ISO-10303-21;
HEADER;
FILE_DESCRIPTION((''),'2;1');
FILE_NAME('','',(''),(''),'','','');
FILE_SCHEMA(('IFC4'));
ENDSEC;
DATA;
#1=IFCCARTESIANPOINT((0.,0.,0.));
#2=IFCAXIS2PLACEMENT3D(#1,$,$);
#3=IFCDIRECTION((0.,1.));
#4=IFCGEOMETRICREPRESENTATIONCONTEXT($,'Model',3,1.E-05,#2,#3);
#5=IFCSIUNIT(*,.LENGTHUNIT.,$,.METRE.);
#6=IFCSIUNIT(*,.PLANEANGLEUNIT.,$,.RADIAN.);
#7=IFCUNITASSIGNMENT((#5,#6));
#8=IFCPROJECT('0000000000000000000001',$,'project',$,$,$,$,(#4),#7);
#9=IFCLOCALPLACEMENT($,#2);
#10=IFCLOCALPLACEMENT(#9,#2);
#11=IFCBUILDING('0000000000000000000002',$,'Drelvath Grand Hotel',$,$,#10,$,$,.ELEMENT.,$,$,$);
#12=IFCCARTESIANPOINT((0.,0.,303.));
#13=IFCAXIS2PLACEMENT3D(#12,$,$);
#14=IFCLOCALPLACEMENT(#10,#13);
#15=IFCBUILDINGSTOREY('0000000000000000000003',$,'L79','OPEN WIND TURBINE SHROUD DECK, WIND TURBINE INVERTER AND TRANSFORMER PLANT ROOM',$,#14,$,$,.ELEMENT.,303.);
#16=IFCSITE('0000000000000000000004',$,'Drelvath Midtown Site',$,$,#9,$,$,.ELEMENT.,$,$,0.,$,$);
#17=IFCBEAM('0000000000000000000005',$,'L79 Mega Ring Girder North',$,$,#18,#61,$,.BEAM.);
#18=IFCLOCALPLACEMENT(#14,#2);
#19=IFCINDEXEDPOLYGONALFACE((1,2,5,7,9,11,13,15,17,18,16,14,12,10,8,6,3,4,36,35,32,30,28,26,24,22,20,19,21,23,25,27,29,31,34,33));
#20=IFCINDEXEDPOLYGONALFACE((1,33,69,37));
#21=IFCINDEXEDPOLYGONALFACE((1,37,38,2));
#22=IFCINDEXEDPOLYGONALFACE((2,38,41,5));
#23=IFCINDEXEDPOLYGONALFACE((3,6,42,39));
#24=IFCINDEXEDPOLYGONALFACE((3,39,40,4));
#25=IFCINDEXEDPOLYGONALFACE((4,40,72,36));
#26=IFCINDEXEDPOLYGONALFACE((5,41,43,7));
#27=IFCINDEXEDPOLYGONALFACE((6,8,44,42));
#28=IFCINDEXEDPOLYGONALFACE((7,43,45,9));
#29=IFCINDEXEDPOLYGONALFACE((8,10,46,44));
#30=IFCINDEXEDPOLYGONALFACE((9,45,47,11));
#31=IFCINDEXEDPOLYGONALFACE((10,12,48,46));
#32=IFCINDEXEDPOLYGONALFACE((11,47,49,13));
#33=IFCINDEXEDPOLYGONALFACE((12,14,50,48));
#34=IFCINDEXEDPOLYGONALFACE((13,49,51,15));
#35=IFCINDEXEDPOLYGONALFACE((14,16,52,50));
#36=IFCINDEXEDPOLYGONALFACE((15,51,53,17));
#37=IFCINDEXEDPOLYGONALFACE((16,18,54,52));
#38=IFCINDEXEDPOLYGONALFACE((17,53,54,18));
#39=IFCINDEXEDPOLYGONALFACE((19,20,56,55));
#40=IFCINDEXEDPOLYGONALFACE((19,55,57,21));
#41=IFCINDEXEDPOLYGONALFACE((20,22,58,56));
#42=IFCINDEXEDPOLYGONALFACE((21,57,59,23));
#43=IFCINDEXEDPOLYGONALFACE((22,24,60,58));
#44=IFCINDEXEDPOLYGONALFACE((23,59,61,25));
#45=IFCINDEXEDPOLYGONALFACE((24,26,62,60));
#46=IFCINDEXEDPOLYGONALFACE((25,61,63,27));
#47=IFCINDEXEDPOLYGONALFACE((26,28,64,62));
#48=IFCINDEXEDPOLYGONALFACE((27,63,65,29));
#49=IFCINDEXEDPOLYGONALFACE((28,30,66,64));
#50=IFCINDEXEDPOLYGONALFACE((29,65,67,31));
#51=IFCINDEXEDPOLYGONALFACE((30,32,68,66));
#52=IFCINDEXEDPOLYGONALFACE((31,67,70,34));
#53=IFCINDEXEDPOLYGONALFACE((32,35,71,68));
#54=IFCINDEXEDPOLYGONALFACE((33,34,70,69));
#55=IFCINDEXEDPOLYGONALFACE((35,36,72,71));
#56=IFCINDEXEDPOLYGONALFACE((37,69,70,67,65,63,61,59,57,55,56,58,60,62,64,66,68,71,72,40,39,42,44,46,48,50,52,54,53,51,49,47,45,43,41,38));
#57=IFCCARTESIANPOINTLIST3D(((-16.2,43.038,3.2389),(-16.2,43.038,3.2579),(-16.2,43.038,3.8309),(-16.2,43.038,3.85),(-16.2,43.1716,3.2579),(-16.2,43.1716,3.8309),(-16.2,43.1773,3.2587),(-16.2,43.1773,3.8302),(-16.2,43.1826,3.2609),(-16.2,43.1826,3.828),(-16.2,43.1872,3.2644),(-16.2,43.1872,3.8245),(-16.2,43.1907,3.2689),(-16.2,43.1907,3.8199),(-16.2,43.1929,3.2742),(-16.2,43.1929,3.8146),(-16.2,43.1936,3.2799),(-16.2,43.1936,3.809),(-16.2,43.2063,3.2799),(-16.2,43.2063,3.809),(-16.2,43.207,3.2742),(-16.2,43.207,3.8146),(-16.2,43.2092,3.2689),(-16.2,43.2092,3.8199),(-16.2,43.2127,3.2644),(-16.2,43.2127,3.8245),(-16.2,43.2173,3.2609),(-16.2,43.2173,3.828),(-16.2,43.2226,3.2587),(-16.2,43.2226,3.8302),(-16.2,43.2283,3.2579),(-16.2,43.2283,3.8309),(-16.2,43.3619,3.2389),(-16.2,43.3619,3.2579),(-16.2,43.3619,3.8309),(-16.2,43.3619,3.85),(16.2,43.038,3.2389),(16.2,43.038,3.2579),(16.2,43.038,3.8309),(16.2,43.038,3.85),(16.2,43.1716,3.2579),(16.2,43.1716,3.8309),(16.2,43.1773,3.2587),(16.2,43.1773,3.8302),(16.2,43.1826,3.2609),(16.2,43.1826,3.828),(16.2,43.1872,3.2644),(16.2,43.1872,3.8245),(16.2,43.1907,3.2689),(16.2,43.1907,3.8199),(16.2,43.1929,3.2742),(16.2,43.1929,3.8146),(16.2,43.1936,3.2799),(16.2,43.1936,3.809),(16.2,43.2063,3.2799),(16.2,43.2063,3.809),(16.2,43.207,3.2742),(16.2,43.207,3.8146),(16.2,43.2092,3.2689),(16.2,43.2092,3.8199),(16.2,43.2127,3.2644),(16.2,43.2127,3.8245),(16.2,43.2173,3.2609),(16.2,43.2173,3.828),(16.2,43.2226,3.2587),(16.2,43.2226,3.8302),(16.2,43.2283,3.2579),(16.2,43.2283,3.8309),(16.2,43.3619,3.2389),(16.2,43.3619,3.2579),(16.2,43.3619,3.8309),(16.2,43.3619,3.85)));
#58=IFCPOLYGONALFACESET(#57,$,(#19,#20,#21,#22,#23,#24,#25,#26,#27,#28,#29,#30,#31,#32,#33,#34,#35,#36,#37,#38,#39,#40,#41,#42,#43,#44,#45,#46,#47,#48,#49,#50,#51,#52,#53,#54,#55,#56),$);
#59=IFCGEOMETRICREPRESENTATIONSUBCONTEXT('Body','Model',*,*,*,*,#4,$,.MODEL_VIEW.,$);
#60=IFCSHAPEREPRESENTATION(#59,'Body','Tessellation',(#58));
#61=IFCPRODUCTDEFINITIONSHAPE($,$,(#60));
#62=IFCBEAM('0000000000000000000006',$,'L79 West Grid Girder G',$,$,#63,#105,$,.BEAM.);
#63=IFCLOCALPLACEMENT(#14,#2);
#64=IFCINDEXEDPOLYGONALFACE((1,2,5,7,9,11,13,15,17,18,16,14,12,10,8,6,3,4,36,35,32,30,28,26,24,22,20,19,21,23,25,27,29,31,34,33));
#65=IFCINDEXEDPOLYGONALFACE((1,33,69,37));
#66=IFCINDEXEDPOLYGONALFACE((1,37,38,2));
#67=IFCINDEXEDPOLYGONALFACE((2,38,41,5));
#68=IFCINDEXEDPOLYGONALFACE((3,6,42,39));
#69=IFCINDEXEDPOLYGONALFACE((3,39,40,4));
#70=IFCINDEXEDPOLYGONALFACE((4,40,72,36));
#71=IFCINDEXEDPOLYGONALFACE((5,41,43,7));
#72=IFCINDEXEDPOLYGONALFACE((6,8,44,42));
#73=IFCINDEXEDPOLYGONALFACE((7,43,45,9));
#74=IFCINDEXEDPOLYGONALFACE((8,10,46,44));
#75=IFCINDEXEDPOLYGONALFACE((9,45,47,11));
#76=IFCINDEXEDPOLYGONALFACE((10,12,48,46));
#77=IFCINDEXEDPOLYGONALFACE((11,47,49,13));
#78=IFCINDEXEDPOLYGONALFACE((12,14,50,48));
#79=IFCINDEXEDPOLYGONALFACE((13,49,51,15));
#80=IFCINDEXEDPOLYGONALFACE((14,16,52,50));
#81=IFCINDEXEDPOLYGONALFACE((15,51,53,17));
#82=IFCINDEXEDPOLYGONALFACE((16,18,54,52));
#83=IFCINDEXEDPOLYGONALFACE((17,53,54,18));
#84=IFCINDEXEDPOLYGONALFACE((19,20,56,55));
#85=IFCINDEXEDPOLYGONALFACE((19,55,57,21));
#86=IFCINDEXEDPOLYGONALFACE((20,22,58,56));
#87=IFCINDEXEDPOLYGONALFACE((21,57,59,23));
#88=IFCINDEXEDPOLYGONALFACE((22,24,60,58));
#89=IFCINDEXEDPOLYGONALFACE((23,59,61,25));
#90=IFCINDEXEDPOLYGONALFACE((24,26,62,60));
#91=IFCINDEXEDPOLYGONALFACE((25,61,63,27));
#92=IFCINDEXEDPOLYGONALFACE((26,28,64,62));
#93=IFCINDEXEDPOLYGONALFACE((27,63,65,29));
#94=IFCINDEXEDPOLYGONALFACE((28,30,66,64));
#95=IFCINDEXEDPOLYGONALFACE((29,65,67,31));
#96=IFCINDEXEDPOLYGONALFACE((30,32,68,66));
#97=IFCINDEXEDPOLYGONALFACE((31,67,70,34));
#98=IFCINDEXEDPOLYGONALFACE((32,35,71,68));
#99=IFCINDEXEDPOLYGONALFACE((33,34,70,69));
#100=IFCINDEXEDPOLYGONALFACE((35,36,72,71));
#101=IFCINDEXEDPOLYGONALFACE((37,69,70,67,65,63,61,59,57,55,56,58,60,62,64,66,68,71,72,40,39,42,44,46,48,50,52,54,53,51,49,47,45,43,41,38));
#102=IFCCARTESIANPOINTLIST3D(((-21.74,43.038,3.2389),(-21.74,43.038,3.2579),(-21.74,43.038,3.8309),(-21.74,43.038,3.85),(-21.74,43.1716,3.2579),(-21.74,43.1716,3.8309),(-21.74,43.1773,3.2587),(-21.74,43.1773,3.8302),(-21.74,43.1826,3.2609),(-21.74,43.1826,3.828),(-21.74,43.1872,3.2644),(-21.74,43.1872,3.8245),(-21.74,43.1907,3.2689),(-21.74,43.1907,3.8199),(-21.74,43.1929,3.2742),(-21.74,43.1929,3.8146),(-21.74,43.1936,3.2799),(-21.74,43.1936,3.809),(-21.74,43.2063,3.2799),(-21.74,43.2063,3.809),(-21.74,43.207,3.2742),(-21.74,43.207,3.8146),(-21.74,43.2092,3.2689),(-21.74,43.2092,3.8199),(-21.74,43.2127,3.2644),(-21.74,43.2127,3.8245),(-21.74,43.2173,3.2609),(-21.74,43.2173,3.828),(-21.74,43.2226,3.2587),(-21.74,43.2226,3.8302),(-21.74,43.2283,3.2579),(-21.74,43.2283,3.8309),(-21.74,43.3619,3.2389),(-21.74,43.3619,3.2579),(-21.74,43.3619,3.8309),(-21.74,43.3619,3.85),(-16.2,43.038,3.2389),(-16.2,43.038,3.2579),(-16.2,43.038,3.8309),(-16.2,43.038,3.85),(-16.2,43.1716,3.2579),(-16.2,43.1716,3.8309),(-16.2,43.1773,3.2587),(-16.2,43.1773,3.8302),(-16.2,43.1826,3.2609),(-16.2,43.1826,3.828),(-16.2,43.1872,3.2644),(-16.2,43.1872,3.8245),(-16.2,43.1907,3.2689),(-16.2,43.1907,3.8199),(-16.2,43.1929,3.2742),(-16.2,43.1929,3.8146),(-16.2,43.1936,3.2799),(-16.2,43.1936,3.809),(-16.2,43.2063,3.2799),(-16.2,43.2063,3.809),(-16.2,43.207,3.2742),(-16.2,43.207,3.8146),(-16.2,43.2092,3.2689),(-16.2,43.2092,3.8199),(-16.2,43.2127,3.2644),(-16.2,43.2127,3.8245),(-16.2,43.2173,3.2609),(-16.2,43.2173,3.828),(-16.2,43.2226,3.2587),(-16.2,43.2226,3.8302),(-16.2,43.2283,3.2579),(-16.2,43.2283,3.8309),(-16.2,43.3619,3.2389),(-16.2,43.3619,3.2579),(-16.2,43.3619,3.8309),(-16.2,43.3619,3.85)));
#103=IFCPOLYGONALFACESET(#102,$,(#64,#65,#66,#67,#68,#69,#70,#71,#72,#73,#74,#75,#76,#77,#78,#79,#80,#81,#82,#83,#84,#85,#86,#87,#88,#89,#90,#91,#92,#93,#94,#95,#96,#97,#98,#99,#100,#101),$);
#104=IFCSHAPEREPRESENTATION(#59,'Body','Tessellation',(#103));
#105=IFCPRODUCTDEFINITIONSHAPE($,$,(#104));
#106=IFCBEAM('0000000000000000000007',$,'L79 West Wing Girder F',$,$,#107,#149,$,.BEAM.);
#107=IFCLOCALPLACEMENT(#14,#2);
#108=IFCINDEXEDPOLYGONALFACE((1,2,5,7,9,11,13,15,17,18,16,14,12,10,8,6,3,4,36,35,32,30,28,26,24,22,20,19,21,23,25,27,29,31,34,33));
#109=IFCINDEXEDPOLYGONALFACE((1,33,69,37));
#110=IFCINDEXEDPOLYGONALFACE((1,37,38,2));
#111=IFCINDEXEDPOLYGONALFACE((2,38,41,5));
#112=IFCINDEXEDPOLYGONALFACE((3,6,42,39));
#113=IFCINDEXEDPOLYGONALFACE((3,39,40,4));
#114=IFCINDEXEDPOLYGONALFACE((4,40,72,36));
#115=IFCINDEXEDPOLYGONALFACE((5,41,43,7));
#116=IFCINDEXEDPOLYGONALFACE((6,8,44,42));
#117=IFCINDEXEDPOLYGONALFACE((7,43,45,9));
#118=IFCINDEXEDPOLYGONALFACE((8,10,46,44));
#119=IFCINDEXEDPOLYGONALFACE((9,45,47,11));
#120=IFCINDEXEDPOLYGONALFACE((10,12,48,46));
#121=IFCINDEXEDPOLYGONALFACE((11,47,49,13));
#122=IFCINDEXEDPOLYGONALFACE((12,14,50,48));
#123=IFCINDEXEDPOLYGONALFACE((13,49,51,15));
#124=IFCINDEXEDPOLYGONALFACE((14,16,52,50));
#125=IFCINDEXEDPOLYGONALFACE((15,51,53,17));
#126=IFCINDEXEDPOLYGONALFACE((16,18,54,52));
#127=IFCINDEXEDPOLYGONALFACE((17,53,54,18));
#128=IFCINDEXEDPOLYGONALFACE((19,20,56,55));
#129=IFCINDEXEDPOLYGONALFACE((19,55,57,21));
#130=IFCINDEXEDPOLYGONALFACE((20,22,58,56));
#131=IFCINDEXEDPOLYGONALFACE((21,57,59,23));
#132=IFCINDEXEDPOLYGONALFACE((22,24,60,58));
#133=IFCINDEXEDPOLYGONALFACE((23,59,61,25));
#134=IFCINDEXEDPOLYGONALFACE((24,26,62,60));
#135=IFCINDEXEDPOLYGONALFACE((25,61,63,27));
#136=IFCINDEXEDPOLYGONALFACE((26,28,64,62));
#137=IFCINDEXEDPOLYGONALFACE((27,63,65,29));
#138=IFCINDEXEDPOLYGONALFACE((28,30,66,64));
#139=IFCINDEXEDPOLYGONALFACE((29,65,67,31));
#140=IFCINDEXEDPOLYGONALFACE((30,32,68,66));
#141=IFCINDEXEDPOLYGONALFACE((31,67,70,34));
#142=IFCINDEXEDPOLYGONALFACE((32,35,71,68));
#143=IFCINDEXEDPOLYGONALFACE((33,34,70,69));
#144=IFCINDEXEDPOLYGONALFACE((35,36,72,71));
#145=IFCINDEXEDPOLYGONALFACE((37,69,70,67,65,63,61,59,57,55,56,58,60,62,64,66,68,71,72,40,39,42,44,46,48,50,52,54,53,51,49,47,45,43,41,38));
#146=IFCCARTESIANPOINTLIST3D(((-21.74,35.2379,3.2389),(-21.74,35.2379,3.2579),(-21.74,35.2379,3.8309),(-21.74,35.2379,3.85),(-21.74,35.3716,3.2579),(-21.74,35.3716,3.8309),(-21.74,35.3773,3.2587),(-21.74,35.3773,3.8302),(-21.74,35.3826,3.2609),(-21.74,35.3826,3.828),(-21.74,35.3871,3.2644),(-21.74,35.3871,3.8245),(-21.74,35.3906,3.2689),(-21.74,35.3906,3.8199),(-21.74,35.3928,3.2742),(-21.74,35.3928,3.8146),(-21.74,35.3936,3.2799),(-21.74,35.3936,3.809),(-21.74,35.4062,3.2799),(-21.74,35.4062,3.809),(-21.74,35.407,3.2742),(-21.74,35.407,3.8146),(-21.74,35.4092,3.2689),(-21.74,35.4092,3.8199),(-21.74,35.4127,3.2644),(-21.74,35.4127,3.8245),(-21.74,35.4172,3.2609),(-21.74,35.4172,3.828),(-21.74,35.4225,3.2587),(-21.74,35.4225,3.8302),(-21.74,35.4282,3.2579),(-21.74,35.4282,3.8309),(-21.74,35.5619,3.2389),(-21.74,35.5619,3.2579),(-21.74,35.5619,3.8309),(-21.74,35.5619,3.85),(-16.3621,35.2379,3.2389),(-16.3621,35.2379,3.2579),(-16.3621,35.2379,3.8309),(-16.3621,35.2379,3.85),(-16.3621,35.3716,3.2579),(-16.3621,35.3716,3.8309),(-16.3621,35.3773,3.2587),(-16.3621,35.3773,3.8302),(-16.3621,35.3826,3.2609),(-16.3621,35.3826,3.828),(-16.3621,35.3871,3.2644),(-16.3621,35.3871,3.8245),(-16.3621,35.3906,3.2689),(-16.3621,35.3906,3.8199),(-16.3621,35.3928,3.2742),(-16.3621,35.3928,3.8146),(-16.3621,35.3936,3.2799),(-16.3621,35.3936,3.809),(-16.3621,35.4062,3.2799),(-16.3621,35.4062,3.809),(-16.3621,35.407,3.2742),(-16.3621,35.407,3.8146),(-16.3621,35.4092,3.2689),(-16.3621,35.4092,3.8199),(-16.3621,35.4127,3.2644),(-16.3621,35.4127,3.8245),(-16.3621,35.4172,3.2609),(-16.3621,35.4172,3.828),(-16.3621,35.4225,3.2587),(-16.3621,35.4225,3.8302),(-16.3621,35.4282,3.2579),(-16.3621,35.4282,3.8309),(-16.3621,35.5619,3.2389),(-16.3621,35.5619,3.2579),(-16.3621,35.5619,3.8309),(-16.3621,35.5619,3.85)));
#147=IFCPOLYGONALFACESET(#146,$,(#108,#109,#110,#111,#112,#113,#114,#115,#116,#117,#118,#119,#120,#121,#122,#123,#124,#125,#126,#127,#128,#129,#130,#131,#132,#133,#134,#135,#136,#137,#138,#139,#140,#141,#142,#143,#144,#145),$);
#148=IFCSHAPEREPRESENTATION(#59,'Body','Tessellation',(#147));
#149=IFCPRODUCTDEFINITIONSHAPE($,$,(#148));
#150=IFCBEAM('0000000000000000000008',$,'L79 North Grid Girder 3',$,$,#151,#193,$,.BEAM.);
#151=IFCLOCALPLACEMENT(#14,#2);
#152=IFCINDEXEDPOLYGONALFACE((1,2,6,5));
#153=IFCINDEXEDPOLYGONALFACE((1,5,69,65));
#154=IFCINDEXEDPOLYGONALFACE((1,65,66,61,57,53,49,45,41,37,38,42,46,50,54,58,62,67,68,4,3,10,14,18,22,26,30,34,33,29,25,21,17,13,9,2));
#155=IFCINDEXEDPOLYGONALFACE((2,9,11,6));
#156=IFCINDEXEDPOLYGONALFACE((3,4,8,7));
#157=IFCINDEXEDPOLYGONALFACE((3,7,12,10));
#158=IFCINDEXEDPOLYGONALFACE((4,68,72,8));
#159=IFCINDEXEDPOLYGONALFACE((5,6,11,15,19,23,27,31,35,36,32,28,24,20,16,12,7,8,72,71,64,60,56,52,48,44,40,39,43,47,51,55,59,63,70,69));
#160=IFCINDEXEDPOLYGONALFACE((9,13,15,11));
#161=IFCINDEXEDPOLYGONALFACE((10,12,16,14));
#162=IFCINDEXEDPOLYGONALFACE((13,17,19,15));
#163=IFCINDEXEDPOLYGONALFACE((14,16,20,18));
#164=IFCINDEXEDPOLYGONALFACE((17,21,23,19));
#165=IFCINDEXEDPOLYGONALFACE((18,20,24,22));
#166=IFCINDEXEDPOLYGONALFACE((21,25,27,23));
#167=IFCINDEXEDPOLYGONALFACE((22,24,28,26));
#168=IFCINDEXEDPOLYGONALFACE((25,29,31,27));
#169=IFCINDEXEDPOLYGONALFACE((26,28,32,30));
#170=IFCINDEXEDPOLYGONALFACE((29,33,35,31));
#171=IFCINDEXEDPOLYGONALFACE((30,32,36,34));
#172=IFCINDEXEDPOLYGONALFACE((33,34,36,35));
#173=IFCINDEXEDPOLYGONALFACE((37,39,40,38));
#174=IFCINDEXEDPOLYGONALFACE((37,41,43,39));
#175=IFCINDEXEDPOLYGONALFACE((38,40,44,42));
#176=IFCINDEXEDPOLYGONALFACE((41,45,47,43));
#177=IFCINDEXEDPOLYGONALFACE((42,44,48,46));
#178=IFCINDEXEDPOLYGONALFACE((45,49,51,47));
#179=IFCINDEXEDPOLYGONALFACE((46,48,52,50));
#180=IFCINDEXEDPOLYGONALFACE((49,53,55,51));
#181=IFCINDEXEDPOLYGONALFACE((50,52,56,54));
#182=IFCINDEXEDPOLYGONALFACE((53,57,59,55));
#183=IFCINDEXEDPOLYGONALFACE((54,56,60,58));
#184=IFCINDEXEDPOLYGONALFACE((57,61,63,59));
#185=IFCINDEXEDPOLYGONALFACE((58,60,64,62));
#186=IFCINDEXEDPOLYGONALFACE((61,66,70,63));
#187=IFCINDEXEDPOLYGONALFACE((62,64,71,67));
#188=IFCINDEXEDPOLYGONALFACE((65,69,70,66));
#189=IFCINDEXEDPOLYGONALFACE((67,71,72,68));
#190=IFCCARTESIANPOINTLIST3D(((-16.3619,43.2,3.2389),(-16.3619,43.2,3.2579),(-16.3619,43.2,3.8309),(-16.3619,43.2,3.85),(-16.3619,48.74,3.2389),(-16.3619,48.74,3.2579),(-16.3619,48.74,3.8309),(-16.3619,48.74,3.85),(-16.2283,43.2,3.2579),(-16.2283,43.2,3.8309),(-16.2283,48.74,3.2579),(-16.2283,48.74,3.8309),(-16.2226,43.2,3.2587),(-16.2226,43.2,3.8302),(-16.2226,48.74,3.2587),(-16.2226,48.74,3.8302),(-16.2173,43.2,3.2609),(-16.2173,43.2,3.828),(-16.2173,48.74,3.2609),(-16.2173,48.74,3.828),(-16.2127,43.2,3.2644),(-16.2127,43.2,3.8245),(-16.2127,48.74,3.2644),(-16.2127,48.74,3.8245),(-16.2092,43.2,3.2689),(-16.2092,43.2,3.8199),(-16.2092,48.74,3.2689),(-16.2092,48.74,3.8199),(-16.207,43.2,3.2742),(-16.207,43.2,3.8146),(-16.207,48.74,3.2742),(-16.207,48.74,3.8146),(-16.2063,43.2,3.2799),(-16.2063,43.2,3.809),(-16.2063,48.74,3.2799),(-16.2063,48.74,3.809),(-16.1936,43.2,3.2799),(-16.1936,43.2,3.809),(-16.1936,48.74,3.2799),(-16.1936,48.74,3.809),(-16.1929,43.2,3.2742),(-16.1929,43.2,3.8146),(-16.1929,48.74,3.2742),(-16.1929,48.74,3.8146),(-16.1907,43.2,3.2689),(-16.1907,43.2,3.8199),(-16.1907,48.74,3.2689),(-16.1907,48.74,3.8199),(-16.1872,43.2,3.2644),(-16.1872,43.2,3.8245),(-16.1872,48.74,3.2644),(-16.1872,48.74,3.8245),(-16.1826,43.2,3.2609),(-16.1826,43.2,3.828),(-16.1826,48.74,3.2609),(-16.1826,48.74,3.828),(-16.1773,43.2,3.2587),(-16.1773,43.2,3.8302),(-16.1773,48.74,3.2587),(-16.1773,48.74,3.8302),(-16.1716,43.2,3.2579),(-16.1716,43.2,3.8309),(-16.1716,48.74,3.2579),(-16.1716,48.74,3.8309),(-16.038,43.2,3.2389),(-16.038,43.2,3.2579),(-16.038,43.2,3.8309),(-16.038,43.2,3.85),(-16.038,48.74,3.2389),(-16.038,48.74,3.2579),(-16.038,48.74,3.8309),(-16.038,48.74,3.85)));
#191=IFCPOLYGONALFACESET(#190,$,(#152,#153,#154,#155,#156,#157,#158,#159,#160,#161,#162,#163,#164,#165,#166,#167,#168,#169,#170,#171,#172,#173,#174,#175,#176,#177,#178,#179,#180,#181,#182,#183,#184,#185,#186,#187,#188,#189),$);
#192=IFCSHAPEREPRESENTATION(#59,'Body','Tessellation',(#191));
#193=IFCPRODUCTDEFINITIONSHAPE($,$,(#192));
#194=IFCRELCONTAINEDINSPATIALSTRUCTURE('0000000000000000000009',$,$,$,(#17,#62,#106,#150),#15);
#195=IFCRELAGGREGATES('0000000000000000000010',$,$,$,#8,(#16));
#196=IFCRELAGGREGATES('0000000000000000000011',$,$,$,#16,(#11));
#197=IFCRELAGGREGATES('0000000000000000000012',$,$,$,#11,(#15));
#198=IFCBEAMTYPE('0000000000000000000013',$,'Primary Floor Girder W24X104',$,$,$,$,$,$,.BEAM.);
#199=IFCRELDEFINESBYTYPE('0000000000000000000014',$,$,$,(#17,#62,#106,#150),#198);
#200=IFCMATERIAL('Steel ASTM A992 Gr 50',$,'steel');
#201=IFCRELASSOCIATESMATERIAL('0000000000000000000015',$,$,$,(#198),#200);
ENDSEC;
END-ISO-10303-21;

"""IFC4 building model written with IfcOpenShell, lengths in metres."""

from ifc_helpers import new_model, si_unit, direction, frame, origin, origin_2d, place, context, subcontext, project, spatial, i_section, extrude, material, material_profile, profile_set, type_object, element, save


model = new_model("IFC4")

# Units and contexts
model_context = context("Model", 3, precision=1e-05, world=origin(), true_north=direction((0.0, 1.0)))
body_context = subcontext(model_context, "Body", "Model", "MODEL_VIEW")
ifc_project = project(units=[si_unit("LENGTHUNIT", "METRE"), si_unit("PLANEANGLEUNIT", "RADIAN")], contexts=[model_context])

# Site, building, storey
site_placement = place(None, origin())
site = spatial("IfcSite", under=ifc_project, at=site_placement, Name="Drelvath Midtown Site", CompositionType="ELEMENT", RefElevation=0.0)
building_placement = place(site_placement, origin())
building = spatial("IfcBuilding", under=site, at=building_placement, Name="Drelvath Grand Hotel", CompositionType="ELEMENT")
storey_placement = place(building_placement, frame((0.0, 0.0, 303.0)))
storey = spatial("IfcBuildingStorey", under=building, at=storey_placement, Name="L79", Description="OPEN WIND TURBINE SHROUD DECK, WIND TURBINE INVERTER AND TRANSFORMER PLANT ROOM", CompositionType="ELEMENT", Elevation=303.0)

# Beams
ifc_material_1 = material(Name="Steel ASTM A992 Gr 50", Category="steel")
ifc_material_profile_1 = material_profile(ifc_material_1, i_section(OverallWidth=0.324, OverallDepth=0.6111, WebThickness=0.0127, FlangeThickness=0.019, FilletRadius=0.022, at=origin_2d()), Name="W24X104")
ifc_profile_set_1 = profile_set([ifc_material_profile_1], Name="Steel ASTM A992 Gr 50")
beam_type_1 = type_object("IfcBeamType", Name="Primary Floor Girder W24X104", PredefinedType="BEAM", material=ifc_profile_set_1)
beam_1_placement = place(storey_placement, frame((-16.2, 43.2, 3.5444), z_axis=(1.0, 0.0, 0.0), x_axis=(0.0, 1.0, 0.0)))
element("IfcBeam", 1, at=beam_1_placement, inside=storey, type_object=beam_type_1, Name="L79 Mega Ring Girder North", PredefinedType="BEAM", context=body_context, shape_type="SweptSolid", body=[
    extrude(i_section(OverallWidth=0.324, OverallDepth=0.6111, WebThickness=0.0127, FlangeThickness=0.019, FilletRadius=0.022, at=origin_2d()), origin(), (0.0, 0.0, 1.0), 32.3999),
])
beam_2_placement = place(storey_placement, frame((-21.74, 43.2, 3.5444), z_axis=(1.0, 0.0, 0.0), x_axis=(0.0, 1.0, 0.0)))
element("IfcBeam", 2, at=beam_2_placement, inside=storey, type_object=beam_type_1, Name="L79 West Grid Girder G", PredefinedType="BEAM", context=body_context, shape_type="SweptSolid", body=[
    extrude(i_section(OverallWidth=0.324, OverallDepth=0.6111, WebThickness=0.0127, FlangeThickness=0.019, FilletRadius=0.022, at=origin_2d()), origin(), (0.0, 0.0, 1.0), 5.54),
])
beam_3_placement = place(storey_placement, frame((-21.74, 35.3999, 3.5444), z_axis=(1.0, 0.0, 0.0), x_axis=(0.0, 1.0, 0.0)))
element("IfcBeam", 3, at=beam_3_placement, inside=storey, type_object=beam_type_1, Name="L79 West Wing Girder F", PredefinedType="BEAM", context=body_context, shape_type="SweptSolid", body=[
    extrude(i_section(OverallWidth=0.324, OverallDepth=0.6111, WebThickness=0.0127, FlangeThickness=0.019, FilletRadius=0.022, at=origin_2d()), origin(), (0.0, 0.0, 1.0), 5.3779),
])
beam_4_placement = place(storey_placement, frame((-16.2, 43.2, 3.5444), z_axis=(0.0, 1.0, 0.0), x_axis=(-1.0, 0.0, 0.0)))
element("IfcBeam", 4, at=beam_4_placement, inside=storey, type_object=beam_type_1, Name="L79 North Grid Girder 3", PredefinedType="BEAM", context=body_context, shape_type="SweptSolid", body=[
    extrude(i_section(OverallWidth=0.324, OverallDepth=0.6111, WebThickness=0.0127, FlangeThickness=0.019, FilletRadius=0.022, at=origin_2d()), origin(), (0.0, 0.0, 1.0), 5.54),
])

save(model, "model.ifc")
